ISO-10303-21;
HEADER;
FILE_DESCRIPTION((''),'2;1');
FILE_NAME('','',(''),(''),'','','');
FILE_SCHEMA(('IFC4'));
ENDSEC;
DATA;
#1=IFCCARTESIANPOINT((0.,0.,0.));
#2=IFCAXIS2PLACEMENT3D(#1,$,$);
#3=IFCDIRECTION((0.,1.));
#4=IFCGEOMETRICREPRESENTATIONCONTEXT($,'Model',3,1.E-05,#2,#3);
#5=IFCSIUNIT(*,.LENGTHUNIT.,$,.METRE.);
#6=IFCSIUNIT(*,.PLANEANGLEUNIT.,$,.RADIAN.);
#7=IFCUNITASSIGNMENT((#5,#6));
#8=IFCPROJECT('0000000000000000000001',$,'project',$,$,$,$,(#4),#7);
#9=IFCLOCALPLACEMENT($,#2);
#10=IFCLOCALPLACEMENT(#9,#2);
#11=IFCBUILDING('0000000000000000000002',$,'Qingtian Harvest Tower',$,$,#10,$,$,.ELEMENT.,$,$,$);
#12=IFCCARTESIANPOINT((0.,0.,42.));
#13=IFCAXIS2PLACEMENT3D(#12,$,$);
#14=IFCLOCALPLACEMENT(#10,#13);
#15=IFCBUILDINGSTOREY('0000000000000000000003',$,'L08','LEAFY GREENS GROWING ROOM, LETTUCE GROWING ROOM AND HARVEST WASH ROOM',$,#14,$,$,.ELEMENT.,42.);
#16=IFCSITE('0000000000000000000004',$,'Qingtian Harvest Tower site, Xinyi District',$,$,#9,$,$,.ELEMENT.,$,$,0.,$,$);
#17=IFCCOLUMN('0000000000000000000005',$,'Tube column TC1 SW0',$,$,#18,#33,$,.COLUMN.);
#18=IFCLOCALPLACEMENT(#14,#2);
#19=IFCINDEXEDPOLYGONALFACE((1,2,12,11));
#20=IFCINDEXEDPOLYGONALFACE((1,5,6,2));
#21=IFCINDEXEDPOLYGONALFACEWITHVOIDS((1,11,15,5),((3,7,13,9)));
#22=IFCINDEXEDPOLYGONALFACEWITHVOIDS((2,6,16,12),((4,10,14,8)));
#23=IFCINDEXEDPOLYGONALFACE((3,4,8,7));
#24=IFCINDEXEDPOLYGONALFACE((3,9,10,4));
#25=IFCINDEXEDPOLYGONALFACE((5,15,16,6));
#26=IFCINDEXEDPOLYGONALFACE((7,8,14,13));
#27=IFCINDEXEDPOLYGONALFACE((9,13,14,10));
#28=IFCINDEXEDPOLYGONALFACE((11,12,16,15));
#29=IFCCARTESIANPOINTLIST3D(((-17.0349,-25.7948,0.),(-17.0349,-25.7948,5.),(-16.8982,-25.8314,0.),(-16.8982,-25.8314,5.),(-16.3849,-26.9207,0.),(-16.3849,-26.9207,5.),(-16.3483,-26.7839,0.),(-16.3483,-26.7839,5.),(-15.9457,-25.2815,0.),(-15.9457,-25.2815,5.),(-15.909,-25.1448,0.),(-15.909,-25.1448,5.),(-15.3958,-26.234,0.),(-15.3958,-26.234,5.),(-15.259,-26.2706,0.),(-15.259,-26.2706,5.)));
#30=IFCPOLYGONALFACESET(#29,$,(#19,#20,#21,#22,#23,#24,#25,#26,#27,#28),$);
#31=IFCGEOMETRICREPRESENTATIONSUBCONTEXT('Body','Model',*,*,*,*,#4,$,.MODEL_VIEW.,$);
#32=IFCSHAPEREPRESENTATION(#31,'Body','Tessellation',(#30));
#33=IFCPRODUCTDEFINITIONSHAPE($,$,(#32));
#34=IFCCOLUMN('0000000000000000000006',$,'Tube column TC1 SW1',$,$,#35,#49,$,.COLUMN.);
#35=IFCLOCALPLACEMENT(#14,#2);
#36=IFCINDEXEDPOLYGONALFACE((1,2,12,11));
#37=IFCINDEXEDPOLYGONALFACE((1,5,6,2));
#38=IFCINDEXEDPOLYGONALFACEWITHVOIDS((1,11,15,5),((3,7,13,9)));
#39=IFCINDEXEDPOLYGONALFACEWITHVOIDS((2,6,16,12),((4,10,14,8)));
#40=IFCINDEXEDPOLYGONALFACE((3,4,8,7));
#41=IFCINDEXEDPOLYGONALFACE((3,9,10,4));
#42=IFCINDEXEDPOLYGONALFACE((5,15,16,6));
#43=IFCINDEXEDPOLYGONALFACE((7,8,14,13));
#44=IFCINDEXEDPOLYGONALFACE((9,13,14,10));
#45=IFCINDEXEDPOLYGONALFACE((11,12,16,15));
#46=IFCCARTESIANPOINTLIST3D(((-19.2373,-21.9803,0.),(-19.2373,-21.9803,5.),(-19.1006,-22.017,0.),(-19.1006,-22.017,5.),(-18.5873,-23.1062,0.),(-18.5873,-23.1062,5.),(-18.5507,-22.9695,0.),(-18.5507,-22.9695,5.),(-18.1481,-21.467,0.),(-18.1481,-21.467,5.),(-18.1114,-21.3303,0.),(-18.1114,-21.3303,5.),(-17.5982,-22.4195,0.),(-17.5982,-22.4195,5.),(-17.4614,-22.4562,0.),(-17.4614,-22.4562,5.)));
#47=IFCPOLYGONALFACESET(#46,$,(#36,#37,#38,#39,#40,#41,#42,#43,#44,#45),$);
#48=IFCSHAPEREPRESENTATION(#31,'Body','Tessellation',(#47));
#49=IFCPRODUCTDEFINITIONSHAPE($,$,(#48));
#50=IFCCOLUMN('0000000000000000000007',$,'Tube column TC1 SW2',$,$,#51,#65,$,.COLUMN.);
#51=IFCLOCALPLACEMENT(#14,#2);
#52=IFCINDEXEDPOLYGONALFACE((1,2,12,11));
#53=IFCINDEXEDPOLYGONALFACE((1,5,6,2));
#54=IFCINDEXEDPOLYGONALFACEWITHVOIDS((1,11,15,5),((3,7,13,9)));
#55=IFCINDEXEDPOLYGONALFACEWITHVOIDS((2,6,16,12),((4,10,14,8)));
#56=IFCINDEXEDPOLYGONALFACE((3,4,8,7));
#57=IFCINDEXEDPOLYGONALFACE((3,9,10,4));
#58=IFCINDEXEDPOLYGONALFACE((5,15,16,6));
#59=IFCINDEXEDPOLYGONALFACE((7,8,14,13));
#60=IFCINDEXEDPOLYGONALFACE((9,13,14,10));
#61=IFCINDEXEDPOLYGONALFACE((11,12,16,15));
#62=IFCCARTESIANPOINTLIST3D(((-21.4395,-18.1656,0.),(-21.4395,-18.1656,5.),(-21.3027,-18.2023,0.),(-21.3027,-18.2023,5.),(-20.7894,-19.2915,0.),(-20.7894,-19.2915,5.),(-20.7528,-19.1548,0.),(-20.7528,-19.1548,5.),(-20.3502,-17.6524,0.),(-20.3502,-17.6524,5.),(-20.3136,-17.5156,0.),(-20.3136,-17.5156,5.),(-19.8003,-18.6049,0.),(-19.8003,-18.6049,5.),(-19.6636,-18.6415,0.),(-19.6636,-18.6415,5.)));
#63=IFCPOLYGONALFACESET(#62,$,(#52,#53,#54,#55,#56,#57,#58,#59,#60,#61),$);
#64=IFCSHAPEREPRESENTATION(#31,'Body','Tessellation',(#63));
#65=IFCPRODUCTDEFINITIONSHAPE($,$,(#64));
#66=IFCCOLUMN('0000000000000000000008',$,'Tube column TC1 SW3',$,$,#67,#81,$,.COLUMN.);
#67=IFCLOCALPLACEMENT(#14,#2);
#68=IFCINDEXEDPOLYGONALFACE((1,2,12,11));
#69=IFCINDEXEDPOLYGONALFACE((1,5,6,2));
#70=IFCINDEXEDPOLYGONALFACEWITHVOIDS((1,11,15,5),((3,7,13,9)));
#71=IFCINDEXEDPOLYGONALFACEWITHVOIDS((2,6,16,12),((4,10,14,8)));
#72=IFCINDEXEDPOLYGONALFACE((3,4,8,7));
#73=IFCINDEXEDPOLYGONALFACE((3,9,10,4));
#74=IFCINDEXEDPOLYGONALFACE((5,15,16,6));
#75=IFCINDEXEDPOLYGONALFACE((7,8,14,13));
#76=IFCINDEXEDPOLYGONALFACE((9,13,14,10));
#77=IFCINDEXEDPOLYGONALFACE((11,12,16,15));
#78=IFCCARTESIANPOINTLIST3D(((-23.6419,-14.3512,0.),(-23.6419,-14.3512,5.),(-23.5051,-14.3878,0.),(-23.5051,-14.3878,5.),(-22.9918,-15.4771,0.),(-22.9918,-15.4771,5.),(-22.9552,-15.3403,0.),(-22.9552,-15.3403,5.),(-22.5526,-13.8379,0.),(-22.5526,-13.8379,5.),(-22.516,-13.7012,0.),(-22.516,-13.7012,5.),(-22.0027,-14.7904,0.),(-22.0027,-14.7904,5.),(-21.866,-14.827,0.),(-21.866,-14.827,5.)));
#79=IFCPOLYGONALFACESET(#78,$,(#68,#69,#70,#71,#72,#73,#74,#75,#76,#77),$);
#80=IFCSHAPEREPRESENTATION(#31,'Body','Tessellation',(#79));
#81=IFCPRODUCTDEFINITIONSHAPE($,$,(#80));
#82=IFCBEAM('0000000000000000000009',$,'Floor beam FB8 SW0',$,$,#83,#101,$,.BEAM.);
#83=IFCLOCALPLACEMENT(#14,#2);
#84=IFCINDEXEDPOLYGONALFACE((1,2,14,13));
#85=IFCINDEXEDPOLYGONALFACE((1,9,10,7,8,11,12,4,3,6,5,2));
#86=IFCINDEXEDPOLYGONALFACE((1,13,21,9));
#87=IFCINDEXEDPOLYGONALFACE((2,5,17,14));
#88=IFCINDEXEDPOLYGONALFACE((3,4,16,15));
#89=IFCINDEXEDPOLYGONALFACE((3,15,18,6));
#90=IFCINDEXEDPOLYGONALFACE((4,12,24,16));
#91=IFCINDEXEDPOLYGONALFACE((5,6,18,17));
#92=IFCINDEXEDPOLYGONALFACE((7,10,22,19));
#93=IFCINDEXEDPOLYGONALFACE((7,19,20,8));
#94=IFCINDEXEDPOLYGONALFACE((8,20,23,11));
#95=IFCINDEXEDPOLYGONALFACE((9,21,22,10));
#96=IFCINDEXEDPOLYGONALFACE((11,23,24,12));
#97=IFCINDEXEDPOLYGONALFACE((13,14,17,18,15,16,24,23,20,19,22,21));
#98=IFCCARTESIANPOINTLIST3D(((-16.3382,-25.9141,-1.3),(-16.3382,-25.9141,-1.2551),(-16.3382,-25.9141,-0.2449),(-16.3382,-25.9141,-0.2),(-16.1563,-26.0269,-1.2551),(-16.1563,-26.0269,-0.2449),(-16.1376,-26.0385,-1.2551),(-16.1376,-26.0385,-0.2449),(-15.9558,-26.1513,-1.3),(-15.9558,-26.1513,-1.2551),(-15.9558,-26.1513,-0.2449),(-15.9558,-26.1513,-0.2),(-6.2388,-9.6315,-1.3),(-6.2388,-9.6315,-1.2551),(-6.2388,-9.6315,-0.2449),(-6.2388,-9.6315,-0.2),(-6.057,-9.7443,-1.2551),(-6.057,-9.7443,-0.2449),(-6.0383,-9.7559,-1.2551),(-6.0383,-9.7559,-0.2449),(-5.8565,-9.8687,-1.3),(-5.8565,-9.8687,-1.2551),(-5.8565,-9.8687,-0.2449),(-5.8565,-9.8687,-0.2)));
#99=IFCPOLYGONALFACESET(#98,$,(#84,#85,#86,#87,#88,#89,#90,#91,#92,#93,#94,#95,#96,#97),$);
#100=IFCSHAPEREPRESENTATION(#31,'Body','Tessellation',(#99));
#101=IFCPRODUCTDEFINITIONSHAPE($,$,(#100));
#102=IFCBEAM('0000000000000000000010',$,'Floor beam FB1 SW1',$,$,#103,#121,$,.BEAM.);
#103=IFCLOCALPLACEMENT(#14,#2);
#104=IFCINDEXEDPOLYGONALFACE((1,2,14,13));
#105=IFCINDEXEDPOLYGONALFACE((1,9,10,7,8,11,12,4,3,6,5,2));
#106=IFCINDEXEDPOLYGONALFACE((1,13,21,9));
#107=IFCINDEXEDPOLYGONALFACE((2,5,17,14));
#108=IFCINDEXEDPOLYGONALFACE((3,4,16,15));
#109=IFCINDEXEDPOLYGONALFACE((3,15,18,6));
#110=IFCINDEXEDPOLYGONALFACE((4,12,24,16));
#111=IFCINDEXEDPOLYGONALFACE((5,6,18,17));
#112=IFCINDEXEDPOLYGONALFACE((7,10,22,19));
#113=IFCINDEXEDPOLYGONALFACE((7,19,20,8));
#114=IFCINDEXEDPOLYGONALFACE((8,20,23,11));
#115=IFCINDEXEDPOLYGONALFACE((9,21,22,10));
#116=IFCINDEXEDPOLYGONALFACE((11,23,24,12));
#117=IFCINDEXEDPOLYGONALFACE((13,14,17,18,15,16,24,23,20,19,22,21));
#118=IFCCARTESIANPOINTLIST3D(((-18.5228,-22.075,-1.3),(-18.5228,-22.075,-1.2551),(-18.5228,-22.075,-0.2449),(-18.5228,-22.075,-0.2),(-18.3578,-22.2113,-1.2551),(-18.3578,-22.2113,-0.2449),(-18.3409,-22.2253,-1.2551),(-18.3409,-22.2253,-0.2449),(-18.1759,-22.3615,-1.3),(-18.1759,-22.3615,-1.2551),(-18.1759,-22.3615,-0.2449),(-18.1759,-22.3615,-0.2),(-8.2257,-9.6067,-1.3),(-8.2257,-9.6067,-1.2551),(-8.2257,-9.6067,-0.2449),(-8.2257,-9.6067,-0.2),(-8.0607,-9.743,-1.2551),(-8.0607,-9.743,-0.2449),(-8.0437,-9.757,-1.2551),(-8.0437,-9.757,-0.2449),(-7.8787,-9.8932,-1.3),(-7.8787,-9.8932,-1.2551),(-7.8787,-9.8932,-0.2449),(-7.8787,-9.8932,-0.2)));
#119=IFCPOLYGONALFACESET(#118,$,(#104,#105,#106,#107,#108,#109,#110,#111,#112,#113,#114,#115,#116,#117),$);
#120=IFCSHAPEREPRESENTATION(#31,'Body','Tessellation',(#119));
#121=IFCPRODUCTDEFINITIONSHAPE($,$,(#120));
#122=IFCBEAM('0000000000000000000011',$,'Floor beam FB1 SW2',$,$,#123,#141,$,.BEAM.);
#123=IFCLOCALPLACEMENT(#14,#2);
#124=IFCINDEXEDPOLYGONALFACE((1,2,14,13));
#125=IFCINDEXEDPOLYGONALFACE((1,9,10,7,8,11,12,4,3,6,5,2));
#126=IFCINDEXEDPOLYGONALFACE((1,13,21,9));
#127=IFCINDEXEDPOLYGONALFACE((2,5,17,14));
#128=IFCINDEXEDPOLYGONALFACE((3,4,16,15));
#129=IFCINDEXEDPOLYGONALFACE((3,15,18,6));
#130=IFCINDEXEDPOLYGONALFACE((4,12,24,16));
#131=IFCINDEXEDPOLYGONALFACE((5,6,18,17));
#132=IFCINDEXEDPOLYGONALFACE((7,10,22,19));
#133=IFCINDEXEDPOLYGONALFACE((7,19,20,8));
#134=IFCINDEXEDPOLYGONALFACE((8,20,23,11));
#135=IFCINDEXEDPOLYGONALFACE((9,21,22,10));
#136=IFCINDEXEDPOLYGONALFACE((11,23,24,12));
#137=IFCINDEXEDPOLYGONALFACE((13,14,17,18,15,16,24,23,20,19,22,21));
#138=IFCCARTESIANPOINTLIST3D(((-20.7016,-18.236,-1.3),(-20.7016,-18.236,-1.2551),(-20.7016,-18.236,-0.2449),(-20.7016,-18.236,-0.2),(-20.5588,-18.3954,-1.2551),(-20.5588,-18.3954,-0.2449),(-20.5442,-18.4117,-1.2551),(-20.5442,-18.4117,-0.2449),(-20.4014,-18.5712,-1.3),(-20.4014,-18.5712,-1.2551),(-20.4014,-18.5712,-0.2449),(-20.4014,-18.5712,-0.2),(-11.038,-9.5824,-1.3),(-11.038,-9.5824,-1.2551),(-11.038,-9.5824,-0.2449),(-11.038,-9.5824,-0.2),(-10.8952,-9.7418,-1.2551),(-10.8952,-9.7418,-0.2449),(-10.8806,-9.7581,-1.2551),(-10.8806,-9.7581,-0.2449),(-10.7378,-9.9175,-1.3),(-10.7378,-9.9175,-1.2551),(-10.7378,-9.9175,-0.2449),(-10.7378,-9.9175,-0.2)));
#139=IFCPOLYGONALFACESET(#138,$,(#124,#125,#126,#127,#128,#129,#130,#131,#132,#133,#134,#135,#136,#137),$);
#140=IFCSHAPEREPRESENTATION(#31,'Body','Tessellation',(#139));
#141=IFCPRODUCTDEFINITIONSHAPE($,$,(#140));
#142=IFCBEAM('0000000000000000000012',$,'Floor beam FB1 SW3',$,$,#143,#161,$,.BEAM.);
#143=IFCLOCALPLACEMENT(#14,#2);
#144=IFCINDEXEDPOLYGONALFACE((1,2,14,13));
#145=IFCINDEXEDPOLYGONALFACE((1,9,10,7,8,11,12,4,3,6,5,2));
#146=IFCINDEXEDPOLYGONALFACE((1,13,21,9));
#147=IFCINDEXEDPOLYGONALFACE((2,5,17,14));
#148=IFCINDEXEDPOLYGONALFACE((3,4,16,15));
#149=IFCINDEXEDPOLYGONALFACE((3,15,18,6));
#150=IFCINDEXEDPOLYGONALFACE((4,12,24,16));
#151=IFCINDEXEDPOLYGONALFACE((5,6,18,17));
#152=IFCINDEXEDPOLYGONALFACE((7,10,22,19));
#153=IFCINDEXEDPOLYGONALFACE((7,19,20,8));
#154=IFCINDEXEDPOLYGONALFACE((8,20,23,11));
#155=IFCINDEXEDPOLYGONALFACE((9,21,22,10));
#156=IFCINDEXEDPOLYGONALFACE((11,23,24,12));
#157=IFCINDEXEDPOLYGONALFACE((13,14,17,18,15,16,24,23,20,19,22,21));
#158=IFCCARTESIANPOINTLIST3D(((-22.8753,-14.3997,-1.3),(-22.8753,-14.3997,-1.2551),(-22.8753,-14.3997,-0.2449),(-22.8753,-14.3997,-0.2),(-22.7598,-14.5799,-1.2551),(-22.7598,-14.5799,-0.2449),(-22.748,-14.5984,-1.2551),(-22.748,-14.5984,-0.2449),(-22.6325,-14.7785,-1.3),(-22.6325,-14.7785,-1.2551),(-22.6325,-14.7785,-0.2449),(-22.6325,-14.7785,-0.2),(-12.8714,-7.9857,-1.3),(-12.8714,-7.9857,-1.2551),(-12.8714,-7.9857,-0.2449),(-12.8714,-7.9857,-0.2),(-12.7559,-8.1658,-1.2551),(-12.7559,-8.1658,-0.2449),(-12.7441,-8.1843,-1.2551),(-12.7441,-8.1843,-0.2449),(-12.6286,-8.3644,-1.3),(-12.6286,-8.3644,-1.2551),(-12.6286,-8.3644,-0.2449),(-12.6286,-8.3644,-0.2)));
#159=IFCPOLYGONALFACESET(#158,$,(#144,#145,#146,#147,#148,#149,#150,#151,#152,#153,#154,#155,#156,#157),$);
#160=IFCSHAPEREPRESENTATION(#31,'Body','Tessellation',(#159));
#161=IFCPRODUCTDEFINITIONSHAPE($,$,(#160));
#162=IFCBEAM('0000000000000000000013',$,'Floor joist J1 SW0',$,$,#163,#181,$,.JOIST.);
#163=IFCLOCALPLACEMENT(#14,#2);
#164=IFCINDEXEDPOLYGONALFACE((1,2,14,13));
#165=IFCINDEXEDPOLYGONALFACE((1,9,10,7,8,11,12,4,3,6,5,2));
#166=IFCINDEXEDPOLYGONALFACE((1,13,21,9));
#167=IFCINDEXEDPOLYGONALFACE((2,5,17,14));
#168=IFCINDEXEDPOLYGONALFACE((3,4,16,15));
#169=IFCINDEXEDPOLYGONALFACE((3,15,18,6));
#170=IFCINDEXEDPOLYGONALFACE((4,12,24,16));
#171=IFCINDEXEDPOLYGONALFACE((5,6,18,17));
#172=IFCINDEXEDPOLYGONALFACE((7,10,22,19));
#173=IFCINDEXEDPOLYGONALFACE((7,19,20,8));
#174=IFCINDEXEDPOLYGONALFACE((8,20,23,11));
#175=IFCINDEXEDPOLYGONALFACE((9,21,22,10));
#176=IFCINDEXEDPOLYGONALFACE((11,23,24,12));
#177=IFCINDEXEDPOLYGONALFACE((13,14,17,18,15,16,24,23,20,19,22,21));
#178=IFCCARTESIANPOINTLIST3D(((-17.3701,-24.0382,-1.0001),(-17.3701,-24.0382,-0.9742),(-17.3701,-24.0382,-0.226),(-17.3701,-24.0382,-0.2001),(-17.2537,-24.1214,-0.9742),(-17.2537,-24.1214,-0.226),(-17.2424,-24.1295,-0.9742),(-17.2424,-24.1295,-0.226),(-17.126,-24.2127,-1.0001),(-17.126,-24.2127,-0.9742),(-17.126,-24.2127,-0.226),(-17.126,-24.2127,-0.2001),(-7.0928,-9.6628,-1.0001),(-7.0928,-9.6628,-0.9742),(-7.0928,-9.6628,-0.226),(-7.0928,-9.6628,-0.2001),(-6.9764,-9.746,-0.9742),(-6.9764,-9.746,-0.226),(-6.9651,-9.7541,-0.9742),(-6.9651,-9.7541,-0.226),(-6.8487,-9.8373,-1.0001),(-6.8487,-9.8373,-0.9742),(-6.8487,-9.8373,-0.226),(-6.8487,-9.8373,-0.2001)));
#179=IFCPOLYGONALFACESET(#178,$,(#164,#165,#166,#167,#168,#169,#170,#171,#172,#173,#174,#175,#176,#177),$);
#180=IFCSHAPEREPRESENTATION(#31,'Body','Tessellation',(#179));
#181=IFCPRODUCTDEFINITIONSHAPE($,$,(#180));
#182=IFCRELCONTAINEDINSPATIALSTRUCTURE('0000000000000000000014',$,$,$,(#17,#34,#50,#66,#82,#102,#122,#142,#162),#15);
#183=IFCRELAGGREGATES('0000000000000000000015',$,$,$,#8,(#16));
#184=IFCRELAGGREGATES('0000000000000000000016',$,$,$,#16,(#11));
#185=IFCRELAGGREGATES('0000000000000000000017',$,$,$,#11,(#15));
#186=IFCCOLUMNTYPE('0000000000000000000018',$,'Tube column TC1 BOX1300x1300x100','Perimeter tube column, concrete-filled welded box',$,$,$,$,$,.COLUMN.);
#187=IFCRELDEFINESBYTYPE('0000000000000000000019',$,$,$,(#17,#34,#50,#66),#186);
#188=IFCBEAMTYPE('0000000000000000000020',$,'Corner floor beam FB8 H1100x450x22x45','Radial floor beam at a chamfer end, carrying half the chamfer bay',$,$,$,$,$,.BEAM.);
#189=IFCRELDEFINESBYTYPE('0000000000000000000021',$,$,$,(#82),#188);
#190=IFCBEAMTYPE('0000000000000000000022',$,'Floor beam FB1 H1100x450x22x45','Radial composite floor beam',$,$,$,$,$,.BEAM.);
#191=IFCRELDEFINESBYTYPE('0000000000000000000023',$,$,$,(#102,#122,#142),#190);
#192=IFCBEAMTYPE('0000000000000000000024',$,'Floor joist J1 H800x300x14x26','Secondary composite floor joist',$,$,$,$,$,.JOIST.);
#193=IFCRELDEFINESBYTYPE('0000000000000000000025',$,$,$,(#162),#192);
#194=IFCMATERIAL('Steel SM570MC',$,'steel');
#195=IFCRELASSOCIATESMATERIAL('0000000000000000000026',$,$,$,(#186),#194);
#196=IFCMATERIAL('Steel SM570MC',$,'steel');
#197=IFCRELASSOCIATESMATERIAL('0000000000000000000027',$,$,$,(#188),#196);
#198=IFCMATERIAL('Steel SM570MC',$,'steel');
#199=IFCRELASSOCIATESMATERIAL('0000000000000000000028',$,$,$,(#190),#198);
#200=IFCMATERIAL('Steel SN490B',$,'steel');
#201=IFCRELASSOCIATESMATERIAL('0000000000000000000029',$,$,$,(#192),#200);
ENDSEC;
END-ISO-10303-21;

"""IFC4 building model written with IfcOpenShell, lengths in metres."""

from ifc_helpers import new_model, si_unit, direction, frame, origin, origin_2d, place, context, subcontext, project, spatial, hollow_rectangle, i_section, extrude, material, material_profile, profile_set, type_object, element, save


model = new_model("IFC4")

# Units and contexts
model_context = context("Model", 3, precision=1e-05, world=origin(), true_north=direction((0.0, 1.0)))
body_context = subcontext(model_context, "Body", "Model", "MODEL_VIEW")
ifc_project = project(units=[si_unit("LENGTHUNIT", "METRE"), si_unit("PLANEANGLEUNIT", "RADIAN")], contexts=[model_context])

# Site, building, storey
site_placement = place(None, origin())
site = spatial("IfcSite", under=ifc_project, at=site_placement, Name="Qingtian Harvest Tower site, Xinyi District", CompositionType="ELEMENT", RefElevation=0.0)
building_placement = place(site_placement, origin())
building = spatial("IfcBuilding", under=site, at=building_placement, Name="Qingtian Harvest Tower", CompositionType="ELEMENT")
storey_placement = place(building_placement, frame((0.0, 0.0, 42.0)))
storey = spatial("IfcBuildingStorey", under=building, at=storey_placement, Name="L08", Description="LEAFY GREENS GROWING ROOM, LETTUCE GROWING ROOM AND HARVEST WASH ROOM", CompositionType="ELEMENT", Elevation=42.0)

# Columns
ifc_material_1 = material(Name="Steel SM570MC", Category="steel")
ifc_material_profile_1 = material_profile(ifc_material_1, hollow_rectangle(XDim=1.3, YDim=1.3, WallThickness=0.1001, at=origin_2d()), Name="BOX1300x1300x100")
ifc_profile_set_1 = profile_set([ifc_material_profile_1], Name="Steel SM570MC")
column_type = type_object("IfcColumnType", Name="Tube column TC1 BOX1300x1300x100", Description="Perimeter tube column, concrete-filled welded box", PredefinedType="COLUMN", material=ifc_profile_set_1)
for number, where, z_axis, x_axis, name in (
    (1, (-16.147, -26.0327, 0.0), (0.0, 0.0, 1.0), (0.5, -0.866025, 0.0), "Tube column TC1 SW0"),
    (2, (-18.3494, -22.2183, 0.0), (0.0, 0.0, 1.0), (0.5, -0.866025, 0.0), "Tube column TC1 SW1"),
    (3, (-20.5515, -18.4036, 0.0), (0.0, 0.0, 1.0), (0.5, -0.866025, 0.0), "Tube column TC1 SW2"),
    (4, (-22.7539, -14.5891, 0.0), (0.0, 0.0, 1.0), (0.5, -0.866025, 0.0), "Tube column TC1 SW3"),
):
    element("IfcColumn", number, at=place(storey_placement, frame(where, z_axis=z_axis, x_axis=x_axis)), inside=storey, type_object=column_type, Name=name, PredefinedType="COLUMN", context=body_context, shape_type="SweptSolid", body=[
        extrude(hollow_rectangle(XDim=1.3, YDim=1.3, WallThickness=0.1001, at=origin_2d()), origin(), (0.0, 0.0, 1.0), 5.0),
    ])

# Beams
ifc_material_2 = material(Name="Steel SM570MC", Category="steel")
ifc_material_profile_2 = material_profile(ifc_material_2, i_section(OverallWidth=0.45, OverallDepth=1.1001, WebThickness=0.022, FlangeThickness=0.0449, at=origin_2d()), Name="H1100x450x22x45")
ifc_profile_set_2 = profile_set([ifc_material_profile_2], Name="Steel SM570MC")
beam_type_1 = type_object("IfcBeamType", Name="Corner floor beam FB8 H1100x450x22x45", Description="Radial floor beam at a chamfer end, carrying half the chamfer bay", PredefinedType="BEAM", material=ifc_profile_set_2)
beam_1_placement = place(storey_placement, frame((-16.147, -26.0327, -0.75), z_axis=(0.527094, 0.849807, 0.0), x_axis=(-0.849807, 0.527094, 0.0)))
element("IfcBeam", 5, at=beam_1_placement, inside=storey, type_object=beam_type_1, Name="Floor beam FB8 SW0", PredefinedType="BEAM", context=body_context, shape_type="SweptSolid", body=[
    extrude(i_section(OverallWidth=0.45, OverallDepth=1.1001, WebThickness=0.022, FlangeThickness=0.0449, at=origin_2d()), origin(), (0.0, 0.0, 1.0), 19.1604),
])
ifc_material_3 = material(Name="Steel SM570MC", Category="steel")
ifc_material_profile_3 = material_profile(ifc_material_3, i_section(OverallWidth=0.45, OverallDepth=1.1001, WebThickness=0.022, FlangeThickness=0.0449, at=origin_2d()), Name="H1100x450x22x45")
ifc_profile_set_3 = profile_set([ifc_material_profile_3], Name="Steel SM570MC")
beam_type_2 = type_object("IfcBeamType", Name="Floor beam FB1 H1100x450x22x45", Description="Radial composite floor beam", PredefinedType="BEAM", material=ifc_profile_set_3)
beam_2_placement = place(storey_placement, frame((-18.3494, -22.2183, -0.75), z_axis=(0.63678, 0.771045, 0.0), x_axis=(-0.771045, 0.63678, 0.0)))
element("IfcBeam", 6, at=beam_2_placement, inside=storey, type_object=beam_type_2, Name="Floor beam FB1 SW1", PredefinedType="BEAM", context=body_context, shape_type="SweptSolid", body=[
    extrude(i_section(OverallWidth=0.45, OverallDepth=1.1001, WebThickness=0.022, FlangeThickness=0.0449, at=origin_2d()), origin(), (0.0, 0.0, 1.0), 16.1707),
])
beam_3_placement = place(storey_placement, frame((-20.5515, -18.4036, -0.75), z_axis=(0.744965, 0.667103, 0.0), x_axis=(-0.667103, 0.744965, 0.0)))
element("IfcBeam", 7, at=beam_3_placement, inside=storey, type_object=beam_type_2, Name="Floor beam FB1 SW2", PredefinedType="BEAM", context=body_context, shape_type="SweptSolid", body=[
    extrude(i_section(OverallWidth=0.45, OverallDepth=1.1001, WebThickness=0.022, FlangeThickness=0.0449, at=origin_2d()), origin(), (0.0, 0.0, 1.0), 12.9719),
])
beam_4_placement = place(storey_placement, frame((-22.7539, -14.5891, -0.75), z_axis=(0.841829, 0.539744, 0.0), x_axis=(-0.539744, 0.841829, 0.0)))
element("IfcBeam", 8, at=beam_4_placement, inside=storey, type_object=beam_type_2, Name="Floor beam FB1 SW3", PredefinedType="BEAM", context=body_context, shape_type="SweptSolid", body=[
    extrude(i_section(OverallWidth=0.45, OverallDepth=1.1001, WebThickness=0.022, FlangeThickness=0.0449, at=origin_2d()), origin(), (0.0, 0.0, 1.0), 11.8835),
])
ifc_material_4 = material(Name="Steel SN490B", Category="steel")
ifc_material_profile_4 = material_profile(ifc_material_4, i_section(OverallWidth=0.3, OverallDepth=0.8, WebThickness=0.0139, FlangeThickness=0.0259, at=origin_2d()), Name="H800x300x14x26")
ifc_profile_set_4 = profile_set([ifc_material_profile_4], Name="Steel SN490B")
beam_type_3 = type_object("IfcBeamType", Name="Floor joist J1 H800x300x14x26", Description="Secondary composite floor joist", PredefinedType="JOIST", material=ifc_profile_set_4)
beam_5_placement = place(storey_placement, frame((-17.248, -24.1255, -0.6001), z_axis=(0.581581, 0.813489, 0.0), x_axis=(-0.813489, 0.581581, 0.0)))
element("IfcBeam", 9, at=beam_5_placement, inside=storey, type_object=beam_type_3, Name="Floor joist J1 SW0", PredefinedType="JOIST", context=body_context, shape_type="SweptSolid", body=[
    extrude(i_section(OverallWidth=0.3, OverallDepth=0.8, WebThickness=0.0139, FlangeThickness=0.0259, at=origin_2d()), origin(), (0.0, 0.0, 1.0), 17.6714),
])

save(model, "model.ifc")
